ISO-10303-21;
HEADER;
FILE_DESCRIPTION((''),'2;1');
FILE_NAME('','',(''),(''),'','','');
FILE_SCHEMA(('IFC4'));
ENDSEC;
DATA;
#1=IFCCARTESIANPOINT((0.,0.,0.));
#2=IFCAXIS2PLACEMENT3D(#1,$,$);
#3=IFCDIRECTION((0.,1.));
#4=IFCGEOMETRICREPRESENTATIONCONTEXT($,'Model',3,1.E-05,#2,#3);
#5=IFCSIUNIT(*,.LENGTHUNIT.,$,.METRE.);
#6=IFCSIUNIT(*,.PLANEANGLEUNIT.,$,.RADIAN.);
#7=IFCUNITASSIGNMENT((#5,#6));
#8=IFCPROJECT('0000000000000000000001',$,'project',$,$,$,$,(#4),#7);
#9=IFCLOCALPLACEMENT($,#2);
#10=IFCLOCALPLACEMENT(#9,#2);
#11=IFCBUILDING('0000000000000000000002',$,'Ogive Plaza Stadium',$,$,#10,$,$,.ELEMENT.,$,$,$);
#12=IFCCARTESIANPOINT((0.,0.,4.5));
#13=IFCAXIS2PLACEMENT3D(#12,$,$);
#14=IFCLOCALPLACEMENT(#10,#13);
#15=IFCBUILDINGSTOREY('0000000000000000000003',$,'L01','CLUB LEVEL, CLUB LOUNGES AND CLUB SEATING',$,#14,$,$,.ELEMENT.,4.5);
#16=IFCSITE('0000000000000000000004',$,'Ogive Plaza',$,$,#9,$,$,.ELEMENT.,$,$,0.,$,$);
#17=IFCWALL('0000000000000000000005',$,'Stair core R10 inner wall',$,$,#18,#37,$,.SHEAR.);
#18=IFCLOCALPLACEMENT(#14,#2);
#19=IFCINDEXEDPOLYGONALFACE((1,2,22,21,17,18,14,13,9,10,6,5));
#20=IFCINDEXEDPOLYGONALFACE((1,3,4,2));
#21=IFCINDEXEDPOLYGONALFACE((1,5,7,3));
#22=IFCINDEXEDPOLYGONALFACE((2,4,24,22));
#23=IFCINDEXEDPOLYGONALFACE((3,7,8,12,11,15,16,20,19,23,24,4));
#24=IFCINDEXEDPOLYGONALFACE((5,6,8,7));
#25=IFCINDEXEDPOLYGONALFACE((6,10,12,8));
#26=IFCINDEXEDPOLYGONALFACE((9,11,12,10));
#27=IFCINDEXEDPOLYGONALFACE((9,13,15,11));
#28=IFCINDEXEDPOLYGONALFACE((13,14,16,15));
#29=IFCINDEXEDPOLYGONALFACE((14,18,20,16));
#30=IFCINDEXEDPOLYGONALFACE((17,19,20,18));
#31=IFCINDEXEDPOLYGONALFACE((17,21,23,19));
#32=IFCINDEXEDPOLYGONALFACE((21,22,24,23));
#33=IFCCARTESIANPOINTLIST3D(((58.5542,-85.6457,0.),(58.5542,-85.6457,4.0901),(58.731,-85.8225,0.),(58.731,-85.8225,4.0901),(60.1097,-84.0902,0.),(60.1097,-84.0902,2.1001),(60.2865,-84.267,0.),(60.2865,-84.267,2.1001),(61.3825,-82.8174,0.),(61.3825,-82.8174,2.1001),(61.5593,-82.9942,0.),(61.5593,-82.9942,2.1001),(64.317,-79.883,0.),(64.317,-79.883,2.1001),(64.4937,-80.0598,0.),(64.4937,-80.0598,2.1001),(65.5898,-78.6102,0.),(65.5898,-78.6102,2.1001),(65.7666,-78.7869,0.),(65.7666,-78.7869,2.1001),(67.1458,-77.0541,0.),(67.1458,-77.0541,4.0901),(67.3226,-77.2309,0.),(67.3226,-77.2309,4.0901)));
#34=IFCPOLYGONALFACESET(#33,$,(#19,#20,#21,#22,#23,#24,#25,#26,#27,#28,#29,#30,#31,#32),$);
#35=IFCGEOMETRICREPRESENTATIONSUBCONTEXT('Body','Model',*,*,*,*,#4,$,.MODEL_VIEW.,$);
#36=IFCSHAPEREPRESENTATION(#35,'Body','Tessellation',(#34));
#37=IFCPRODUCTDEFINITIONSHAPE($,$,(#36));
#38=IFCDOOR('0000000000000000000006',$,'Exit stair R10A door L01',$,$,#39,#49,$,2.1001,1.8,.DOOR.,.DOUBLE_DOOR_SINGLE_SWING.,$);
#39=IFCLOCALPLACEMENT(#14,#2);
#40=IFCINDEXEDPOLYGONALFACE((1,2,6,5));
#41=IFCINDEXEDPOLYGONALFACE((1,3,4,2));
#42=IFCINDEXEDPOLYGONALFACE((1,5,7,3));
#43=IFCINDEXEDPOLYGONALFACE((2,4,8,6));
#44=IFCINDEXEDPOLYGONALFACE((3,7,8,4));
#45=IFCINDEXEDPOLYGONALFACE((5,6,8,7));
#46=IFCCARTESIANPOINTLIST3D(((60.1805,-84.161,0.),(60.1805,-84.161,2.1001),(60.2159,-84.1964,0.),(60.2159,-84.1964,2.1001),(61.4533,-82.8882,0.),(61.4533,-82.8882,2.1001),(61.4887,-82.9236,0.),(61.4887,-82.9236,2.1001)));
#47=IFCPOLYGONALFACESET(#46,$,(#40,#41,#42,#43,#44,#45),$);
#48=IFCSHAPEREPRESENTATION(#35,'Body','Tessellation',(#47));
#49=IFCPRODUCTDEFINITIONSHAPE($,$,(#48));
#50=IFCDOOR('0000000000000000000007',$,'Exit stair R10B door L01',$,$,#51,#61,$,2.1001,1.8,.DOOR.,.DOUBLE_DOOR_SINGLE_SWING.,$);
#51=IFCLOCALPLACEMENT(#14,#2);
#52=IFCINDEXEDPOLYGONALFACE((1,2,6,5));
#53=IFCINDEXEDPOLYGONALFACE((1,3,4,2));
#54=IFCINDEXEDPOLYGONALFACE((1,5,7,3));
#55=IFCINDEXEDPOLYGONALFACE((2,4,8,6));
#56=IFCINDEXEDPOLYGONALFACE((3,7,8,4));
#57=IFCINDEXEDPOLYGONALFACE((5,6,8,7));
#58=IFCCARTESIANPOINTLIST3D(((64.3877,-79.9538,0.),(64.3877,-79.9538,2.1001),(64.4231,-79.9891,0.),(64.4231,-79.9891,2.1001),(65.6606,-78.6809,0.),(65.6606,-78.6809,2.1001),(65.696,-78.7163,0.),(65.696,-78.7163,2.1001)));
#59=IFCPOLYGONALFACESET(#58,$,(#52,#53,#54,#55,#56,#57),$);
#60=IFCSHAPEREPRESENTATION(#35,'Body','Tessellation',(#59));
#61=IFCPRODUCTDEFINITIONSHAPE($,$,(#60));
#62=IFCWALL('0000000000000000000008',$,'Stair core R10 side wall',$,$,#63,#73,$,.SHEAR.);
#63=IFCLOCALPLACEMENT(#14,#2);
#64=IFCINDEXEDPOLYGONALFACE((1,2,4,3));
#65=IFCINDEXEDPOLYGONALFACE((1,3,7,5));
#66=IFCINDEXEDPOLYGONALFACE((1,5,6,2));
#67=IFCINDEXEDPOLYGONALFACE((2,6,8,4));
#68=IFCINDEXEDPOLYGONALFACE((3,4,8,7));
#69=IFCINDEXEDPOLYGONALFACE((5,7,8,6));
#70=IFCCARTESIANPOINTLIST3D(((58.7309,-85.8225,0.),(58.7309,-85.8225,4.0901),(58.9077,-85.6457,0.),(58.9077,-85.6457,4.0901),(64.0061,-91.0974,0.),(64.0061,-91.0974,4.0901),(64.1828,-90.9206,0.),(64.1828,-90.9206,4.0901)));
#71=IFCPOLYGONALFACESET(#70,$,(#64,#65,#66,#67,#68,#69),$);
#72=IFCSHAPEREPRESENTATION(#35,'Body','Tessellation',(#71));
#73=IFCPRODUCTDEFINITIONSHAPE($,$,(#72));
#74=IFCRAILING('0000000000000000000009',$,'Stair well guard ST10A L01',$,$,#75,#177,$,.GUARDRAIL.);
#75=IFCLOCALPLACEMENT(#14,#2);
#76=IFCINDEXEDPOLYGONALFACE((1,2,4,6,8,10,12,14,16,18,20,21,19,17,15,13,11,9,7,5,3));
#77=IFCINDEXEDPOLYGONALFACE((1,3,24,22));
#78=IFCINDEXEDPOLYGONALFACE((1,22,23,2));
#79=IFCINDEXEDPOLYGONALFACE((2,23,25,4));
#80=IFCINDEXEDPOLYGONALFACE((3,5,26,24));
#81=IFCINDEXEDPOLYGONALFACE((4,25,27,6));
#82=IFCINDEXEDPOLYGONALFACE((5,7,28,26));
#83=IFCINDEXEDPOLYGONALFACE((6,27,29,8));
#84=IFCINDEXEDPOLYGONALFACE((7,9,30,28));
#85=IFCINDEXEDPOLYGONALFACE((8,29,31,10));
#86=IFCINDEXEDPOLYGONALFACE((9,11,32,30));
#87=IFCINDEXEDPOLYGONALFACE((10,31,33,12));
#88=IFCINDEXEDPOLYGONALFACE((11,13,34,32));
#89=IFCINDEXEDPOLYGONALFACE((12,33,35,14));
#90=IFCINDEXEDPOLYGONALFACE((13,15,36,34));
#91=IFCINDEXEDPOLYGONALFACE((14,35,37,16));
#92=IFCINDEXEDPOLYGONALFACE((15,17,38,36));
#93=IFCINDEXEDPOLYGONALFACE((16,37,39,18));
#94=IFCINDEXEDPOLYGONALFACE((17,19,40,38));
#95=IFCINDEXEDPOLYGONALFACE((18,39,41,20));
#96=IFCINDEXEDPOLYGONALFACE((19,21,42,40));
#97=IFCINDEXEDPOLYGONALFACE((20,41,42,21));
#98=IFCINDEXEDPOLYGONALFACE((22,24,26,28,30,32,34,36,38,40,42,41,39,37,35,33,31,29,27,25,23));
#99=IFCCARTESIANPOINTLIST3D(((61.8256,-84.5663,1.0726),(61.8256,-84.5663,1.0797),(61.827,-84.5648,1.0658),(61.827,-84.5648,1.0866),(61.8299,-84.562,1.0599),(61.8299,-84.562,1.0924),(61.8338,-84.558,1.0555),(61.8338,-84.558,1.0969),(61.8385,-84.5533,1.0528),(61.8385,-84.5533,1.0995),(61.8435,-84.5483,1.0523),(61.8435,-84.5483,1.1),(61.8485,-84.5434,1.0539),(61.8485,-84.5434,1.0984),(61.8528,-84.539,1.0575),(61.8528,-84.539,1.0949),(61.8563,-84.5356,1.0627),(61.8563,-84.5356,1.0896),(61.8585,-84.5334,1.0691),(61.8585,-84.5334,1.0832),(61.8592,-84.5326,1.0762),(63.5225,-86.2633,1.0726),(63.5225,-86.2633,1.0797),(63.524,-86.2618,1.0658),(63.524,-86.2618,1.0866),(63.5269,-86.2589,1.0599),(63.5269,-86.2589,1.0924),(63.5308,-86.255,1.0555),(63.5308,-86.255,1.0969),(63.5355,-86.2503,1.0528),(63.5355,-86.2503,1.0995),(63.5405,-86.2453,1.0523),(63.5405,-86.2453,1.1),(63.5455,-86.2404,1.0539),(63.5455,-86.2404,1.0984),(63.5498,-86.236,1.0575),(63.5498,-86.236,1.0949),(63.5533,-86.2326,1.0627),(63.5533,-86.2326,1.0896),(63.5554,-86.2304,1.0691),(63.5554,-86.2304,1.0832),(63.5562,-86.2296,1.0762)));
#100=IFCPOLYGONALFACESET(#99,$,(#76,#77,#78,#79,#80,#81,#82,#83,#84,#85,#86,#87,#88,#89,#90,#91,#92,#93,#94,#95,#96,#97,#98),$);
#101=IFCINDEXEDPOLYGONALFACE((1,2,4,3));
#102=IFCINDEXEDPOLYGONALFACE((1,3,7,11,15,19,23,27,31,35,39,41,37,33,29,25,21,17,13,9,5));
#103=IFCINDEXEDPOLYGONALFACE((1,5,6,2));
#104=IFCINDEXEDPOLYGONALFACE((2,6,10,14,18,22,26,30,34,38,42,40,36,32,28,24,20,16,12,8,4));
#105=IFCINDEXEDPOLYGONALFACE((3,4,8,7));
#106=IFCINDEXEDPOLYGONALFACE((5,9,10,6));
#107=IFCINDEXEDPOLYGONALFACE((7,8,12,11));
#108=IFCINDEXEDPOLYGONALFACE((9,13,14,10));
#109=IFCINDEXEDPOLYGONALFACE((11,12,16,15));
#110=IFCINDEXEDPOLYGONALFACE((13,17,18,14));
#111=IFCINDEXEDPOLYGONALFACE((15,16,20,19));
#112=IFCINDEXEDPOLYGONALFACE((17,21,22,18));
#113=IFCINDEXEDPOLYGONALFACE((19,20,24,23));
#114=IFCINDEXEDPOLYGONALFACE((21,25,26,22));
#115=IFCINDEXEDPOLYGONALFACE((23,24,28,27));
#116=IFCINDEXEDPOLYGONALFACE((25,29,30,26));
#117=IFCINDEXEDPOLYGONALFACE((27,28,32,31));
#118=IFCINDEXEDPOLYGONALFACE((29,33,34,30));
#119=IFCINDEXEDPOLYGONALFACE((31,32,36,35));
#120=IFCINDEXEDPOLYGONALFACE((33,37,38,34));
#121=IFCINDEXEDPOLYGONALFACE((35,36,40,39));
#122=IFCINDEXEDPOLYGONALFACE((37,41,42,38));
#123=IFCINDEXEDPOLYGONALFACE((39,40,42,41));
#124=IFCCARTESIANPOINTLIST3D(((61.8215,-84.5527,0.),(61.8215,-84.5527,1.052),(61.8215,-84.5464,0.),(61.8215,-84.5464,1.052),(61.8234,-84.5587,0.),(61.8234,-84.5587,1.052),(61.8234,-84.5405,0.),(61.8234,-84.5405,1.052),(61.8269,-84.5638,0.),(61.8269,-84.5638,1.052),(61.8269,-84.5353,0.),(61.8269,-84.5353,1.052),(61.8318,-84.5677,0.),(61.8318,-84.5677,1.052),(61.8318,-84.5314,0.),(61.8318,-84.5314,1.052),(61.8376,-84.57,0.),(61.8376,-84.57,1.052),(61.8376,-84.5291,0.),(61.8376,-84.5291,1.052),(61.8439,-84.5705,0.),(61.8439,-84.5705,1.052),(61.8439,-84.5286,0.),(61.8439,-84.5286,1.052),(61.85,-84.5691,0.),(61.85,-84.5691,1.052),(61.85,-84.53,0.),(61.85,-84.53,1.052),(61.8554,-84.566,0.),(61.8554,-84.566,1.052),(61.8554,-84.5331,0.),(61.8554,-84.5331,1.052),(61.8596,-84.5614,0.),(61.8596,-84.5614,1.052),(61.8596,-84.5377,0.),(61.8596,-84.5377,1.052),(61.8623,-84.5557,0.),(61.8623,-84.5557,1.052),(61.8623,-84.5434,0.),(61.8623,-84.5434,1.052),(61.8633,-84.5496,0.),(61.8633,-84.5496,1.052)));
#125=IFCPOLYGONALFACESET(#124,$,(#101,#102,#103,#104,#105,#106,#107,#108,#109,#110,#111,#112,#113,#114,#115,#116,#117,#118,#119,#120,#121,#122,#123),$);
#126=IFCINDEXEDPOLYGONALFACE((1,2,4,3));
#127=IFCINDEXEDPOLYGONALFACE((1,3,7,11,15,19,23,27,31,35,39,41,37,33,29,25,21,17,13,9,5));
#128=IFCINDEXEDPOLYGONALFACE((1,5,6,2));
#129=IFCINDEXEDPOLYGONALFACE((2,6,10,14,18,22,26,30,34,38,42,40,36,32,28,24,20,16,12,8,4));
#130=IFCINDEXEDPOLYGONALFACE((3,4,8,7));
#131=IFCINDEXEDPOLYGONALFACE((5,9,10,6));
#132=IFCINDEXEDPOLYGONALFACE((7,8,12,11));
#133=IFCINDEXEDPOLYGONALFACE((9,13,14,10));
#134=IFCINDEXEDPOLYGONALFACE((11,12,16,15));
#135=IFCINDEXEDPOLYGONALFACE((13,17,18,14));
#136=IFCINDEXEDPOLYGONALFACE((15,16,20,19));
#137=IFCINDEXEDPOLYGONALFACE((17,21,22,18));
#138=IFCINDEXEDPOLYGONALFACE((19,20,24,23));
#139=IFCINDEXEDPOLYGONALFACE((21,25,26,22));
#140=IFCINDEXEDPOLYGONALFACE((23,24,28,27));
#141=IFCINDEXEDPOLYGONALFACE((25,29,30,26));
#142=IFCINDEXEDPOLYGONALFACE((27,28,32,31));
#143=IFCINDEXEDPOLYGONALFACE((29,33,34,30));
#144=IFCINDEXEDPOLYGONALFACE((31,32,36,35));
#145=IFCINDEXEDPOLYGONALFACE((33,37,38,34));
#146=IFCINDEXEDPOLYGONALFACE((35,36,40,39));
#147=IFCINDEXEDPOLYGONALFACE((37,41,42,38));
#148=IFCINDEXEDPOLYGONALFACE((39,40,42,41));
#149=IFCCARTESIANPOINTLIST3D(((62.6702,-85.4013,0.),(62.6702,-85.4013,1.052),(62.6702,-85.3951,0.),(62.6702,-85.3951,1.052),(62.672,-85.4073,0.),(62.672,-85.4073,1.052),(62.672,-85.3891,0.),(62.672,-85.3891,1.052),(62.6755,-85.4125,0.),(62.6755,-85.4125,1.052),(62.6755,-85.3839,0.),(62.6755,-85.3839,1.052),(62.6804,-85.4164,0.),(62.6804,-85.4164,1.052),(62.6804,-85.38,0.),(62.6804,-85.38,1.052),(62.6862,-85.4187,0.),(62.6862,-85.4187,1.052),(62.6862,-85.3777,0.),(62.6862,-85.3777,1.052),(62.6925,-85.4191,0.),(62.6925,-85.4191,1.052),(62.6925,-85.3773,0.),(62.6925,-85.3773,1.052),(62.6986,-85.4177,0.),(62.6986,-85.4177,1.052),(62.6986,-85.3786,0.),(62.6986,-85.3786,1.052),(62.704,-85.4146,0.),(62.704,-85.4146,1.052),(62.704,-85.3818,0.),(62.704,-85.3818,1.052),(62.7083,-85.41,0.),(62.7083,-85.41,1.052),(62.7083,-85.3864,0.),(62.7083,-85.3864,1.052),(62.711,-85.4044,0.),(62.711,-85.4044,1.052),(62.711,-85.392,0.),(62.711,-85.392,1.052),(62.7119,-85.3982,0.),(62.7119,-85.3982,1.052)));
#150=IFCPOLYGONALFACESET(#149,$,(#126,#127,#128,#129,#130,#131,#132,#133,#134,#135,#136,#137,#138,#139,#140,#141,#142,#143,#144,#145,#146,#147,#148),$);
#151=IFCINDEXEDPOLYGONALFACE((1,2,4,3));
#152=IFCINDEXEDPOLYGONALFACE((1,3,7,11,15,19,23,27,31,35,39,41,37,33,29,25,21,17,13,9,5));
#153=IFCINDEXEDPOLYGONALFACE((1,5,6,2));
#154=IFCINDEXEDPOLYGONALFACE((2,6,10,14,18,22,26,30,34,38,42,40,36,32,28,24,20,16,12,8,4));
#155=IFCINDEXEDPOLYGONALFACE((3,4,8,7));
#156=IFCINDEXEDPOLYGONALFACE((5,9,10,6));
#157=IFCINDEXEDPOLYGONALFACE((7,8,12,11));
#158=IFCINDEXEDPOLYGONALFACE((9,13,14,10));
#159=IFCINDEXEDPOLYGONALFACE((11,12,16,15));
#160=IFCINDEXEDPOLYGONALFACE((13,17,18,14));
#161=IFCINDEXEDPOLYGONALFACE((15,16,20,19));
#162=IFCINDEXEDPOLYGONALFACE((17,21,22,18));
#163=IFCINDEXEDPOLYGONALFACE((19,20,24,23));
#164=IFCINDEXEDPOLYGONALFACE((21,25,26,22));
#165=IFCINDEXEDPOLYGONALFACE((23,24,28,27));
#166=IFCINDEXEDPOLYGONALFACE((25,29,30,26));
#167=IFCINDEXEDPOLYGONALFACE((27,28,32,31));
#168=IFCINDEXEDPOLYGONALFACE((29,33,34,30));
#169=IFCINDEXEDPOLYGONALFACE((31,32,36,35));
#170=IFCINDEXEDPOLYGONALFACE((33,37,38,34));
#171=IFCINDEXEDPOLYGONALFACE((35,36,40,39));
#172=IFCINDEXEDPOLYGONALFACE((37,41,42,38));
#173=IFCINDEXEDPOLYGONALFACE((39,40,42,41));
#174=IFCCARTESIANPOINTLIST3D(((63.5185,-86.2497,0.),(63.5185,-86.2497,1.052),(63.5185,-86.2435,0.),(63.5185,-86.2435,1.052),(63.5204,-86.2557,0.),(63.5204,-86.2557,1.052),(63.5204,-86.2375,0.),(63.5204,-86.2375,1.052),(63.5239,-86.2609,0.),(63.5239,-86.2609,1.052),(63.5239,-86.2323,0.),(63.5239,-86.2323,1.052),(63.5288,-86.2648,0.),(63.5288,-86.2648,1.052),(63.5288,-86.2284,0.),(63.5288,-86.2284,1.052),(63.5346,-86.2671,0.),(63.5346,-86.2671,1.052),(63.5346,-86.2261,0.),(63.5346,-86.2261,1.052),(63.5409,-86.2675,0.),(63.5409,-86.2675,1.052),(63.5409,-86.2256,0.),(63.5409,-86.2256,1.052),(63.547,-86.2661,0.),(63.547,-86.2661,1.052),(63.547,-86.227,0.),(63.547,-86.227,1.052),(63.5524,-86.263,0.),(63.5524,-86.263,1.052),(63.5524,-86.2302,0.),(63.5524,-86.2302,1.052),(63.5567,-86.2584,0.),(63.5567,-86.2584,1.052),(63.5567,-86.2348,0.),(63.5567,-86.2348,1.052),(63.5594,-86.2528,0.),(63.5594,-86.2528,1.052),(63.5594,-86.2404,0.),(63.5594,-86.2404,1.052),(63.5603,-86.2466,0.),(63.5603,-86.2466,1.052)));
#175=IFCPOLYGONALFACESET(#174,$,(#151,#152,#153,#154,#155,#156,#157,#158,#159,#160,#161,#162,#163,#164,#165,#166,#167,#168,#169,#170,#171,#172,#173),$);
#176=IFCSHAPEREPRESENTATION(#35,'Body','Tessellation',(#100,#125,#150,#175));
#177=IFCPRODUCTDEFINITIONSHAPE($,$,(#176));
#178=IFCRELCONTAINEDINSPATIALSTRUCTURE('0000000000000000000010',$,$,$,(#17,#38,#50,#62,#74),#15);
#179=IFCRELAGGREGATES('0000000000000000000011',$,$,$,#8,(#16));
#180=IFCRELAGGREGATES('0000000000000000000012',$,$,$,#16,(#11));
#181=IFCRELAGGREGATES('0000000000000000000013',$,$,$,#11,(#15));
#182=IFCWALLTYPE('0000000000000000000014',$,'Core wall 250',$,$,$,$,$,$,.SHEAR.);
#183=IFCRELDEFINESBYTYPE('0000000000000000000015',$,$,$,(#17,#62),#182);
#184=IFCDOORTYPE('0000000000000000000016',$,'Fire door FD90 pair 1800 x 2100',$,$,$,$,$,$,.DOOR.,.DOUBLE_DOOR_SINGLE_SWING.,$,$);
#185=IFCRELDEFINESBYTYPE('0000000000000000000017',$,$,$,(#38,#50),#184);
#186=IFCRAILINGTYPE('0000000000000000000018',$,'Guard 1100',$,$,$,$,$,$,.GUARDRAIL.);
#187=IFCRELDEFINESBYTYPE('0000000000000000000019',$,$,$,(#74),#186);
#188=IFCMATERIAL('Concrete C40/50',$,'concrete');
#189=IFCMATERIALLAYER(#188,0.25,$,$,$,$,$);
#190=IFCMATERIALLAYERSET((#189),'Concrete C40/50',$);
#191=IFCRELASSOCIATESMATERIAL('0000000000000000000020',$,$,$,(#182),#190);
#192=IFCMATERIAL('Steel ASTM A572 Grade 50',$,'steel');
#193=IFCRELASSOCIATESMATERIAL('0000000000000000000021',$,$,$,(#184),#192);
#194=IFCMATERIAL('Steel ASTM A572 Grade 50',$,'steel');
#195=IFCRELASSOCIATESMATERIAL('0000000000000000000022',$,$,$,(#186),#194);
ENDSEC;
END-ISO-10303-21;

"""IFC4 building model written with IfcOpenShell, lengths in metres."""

from ifc_helpers import new_model, si_unit, direction, frame, frame_2d, origin, origin_2d, place, context, subcontext, project, spatial, rectangle, circle, extrude, material, layer, layer_set, type_object, element, fill, save


model = new_model("IFC4")

# Units and contexts
model_context = context("Model", 3, precision=1e-05, world=origin(), true_north=direction((0.0, 1.0)))
body_context = subcontext(model_context, "Body", "Model", "MODEL_VIEW")
ifc_project = project(units=[si_unit("LENGTHUNIT", "METRE"), si_unit("PLANEANGLEUNIT", "RADIAN")], contexts=[model_context])

# Site, building, storey
site_placement = place(None, origin())
site = spatial("IfcSite", under=ifc_project, at=site_placement, Name="Ogive Plaza", CompositionType="ELEMENT", RefElevation=0.0)
building_placement = place(site_placement, origin())
building = spatial("IfcBuilding", under=site, at=building_placement, Name="Ogive Plaza Stadium", CompositionType="ELEMENT")
storey_placement = place(building_placement, frame((0.0, 0.0, 4.5)))
storey = spatial("IfcBuildingStorey", under=building, at=storey_placement, Name="L01", Description="CLUB LEVEL, CLUB LOUNGES AND CLUB SEATING", CompositionType="ELEMENT", Elevation=4.5)

# Wall, openings, doors
ifc_material_1 = material(Name="Concrete C40/50", Category="concrete")
ifc_layer_1 = layer(ifc_material_1, 0.25)
ifc_layer_set_1 = layer_set([ifc_layer_1], Name="Concrete C40/50")
wall_type_1 = type_object("IfcWallType", Name="Core wall 250", PredefinedType="SHEAR", material=ifc_layer_set_1)
wall_1_placement = place(storey_placement, frame((58.6426, -85.7341, 0.0), z_axis=(0.0, 0.0, 1.0), x_axis=(0.707107, 0.707107, 0.0)))
wall_1 = element("IfcWall", 1, at=wall_1_placement, inside=storey, type_object=wall_type_1, Name="Stair core R10 inner wall", PredefinedType="SHEAR", context=body_context, shape_type="SweptSolid", body=[
    extrude(rectangle(XDim=12.1504, YDim=0.25, at=frame_2d((6.0752, 0.0))), origin(), (0.0, 0.0, 1.0), 4.0901),
])
opening_1_placement = place(wall_1_placement, frame((2.2, 0.0, 0.0)))
opening_1 = element("IfcOpeningElement", 2, at=opening_1_placement, cuts=wall_1, PredefinedType="OPENING", context=body_context, shape_type="SweptSolid", body=[
    extrude(rectangle(XDim=1.8, YDim=2.1001, at=frame_2d((0.8999, 1.05))), frame((0.0, 0.125, 0.0), z_axis=(0.0, -1.0, 0.0), x_axis=(1.0, 0.0, 0.0)), (0.0, 0.0, 1.0), 0.25),
])
opening_2_placement = place(wall_1_placement, frame((8.1499, 0.0, 0.0)))
opening_2 = element("IfcOpeningElement", 3, at=opening_2_placement, cuts=wall_1, PredefinedType="OPENING", context=body_context, shape_type="SweptSolid", body=[
    extrude(rectangle(XDim=1.8, YDim=2.1001, at=frame_2d((0.8999, 1.05))), frame((0.0, 0.125, 0.0), z_axis=(0.0, -1.0, 0.0), x_axis=(1.0, 0.0, 0.0)), (0.0, 0.0, 1.0), 0.25),
])
ifc_material_2 = material(Name="Steel ASTM A572 Grade 50", Category="steel")
door_type_1 = type_object("IfcDoorType", Name="Fire door FD90 pair 1800 x 2100", OperationType="DOUBLE_DOOR_SINGLE_SWING", PredefinedType="DOOR", material=ifc_material_2)
door_1_placement = place(opening_1_placement, origin())
door_1 = element("IfcDoor", 4, at=door_1_placement, inside=storey, type_object=door_type_1, Name="Exit stair R10A door L01", OperationType="DOUBLE_DOOR_SINGLE_SWING", OverallHeight=2.1001, OverallWidth=1.8, PredefinedType="DOOR", context=body_context, shape_type="SweptSolid", body=[
    extrude(rectangle(XDim=1.8, YDim=2.1001, at=frame_2d((0.8999, 1.05))), frame((0.0, 0.0249, 0.0), z_axis=(0.0, -1.0, 0.0), x_axis=(1.0, 0.0, 0.0)), (0.0, 0.0, 1.0), 0.05),
])
fill(opening_1, door_1)
door_2_placement = place(opening_2_placement, origin())
door_2 = element("IfcDoor", 5, at=door_2_placement, inside=storey, type_object=door_type_1, Name="Exit stair R10B door L01", OperationType="DOUBLE_DOOR_SINGLE_SWING", OverallHeight=2.1001, OverallWidth=1.8, PredefinedType="DOOR", context=body_context, shape_type="SweptSolid", body=[
    extrude(rectangle(XDim=1.8, YDim=2.1001, at=frame_2d((0.8999, 1.05))), frame((0.0, 0.0249, 0.0), z_axis=(0.0, -1.0, 0.0), x_axis=(1.0, 0.0, 0.0)), (0.0, 0.0, 1.0), 0.05),
])
fill(opening_2, door_2)

# Wall
wall_2_placement = place(storey_placement, frame((58.8193, -85.7341, 0.0), z_axis=(0.0, 0.0, 1.0), x_axis=(0.707123, -0.70709, 0.0)))
element("IfcWall", 6, at=wall_2_placement, inside=storey, type_object=wall_type_1, Name="Stair core R10 side wall", PredefinedType="SHEAR", context=body_context, shape_type="SweptSolid", body=[
    extrude(rectangle(XDim=7.46, YDim=0.25, at=frame_2d((3.73, 0.0))), origin(), (0.0, 0.0, 1.0), 4.0901),
])

# Railing
ifc_material_3 = material(Name="Steel ASTM A572 Grade 50", Category="steel")
railing_type_1 = type_object("IfcRailingType", Name="Guard 1100", PredefinedType="GUARDRAIL", material=ifc_material_3)
railing_1_placement = place(storey_placement, frame((61.8423, -84.5496, 0.0)))
element("IfcRailing", 7, at=railing_1_placement, inside=storey, type_object=railing_type_1, Name="Stair well guard ST10A L01", PredefinedType="GUARDRAIL", context=body_context, shape_type="SweptSolid", body=[
    extrude(circle(Radius=0.0239, at=origin_2d()), frame((0.0, 0.0, 1.0762), z_axis=(0.707107, -0.707107, 0.0), x_axis=(0.707107, 0.707107, 0.0)), (0.0, 0.0, 1.0), 2.3999),
    extrude(circle(Radius=0.021, at=origin_2d()), origin(), (0.0, 0.0, 1.0), 1.052),
    extrude(circle(Radius=0.021, at=origin_2d()), frame((0.8486, -0.8486, 0.0)), (0.0, 0.0, 1.0), 1.052),
    extrude(circle(Radius=0.021, at=origin_2d()), frame((1.697, -1.697, 0.0)), (0.0, 0.0, 1.0), 1.052),
])

save(model, "model.ifc")
